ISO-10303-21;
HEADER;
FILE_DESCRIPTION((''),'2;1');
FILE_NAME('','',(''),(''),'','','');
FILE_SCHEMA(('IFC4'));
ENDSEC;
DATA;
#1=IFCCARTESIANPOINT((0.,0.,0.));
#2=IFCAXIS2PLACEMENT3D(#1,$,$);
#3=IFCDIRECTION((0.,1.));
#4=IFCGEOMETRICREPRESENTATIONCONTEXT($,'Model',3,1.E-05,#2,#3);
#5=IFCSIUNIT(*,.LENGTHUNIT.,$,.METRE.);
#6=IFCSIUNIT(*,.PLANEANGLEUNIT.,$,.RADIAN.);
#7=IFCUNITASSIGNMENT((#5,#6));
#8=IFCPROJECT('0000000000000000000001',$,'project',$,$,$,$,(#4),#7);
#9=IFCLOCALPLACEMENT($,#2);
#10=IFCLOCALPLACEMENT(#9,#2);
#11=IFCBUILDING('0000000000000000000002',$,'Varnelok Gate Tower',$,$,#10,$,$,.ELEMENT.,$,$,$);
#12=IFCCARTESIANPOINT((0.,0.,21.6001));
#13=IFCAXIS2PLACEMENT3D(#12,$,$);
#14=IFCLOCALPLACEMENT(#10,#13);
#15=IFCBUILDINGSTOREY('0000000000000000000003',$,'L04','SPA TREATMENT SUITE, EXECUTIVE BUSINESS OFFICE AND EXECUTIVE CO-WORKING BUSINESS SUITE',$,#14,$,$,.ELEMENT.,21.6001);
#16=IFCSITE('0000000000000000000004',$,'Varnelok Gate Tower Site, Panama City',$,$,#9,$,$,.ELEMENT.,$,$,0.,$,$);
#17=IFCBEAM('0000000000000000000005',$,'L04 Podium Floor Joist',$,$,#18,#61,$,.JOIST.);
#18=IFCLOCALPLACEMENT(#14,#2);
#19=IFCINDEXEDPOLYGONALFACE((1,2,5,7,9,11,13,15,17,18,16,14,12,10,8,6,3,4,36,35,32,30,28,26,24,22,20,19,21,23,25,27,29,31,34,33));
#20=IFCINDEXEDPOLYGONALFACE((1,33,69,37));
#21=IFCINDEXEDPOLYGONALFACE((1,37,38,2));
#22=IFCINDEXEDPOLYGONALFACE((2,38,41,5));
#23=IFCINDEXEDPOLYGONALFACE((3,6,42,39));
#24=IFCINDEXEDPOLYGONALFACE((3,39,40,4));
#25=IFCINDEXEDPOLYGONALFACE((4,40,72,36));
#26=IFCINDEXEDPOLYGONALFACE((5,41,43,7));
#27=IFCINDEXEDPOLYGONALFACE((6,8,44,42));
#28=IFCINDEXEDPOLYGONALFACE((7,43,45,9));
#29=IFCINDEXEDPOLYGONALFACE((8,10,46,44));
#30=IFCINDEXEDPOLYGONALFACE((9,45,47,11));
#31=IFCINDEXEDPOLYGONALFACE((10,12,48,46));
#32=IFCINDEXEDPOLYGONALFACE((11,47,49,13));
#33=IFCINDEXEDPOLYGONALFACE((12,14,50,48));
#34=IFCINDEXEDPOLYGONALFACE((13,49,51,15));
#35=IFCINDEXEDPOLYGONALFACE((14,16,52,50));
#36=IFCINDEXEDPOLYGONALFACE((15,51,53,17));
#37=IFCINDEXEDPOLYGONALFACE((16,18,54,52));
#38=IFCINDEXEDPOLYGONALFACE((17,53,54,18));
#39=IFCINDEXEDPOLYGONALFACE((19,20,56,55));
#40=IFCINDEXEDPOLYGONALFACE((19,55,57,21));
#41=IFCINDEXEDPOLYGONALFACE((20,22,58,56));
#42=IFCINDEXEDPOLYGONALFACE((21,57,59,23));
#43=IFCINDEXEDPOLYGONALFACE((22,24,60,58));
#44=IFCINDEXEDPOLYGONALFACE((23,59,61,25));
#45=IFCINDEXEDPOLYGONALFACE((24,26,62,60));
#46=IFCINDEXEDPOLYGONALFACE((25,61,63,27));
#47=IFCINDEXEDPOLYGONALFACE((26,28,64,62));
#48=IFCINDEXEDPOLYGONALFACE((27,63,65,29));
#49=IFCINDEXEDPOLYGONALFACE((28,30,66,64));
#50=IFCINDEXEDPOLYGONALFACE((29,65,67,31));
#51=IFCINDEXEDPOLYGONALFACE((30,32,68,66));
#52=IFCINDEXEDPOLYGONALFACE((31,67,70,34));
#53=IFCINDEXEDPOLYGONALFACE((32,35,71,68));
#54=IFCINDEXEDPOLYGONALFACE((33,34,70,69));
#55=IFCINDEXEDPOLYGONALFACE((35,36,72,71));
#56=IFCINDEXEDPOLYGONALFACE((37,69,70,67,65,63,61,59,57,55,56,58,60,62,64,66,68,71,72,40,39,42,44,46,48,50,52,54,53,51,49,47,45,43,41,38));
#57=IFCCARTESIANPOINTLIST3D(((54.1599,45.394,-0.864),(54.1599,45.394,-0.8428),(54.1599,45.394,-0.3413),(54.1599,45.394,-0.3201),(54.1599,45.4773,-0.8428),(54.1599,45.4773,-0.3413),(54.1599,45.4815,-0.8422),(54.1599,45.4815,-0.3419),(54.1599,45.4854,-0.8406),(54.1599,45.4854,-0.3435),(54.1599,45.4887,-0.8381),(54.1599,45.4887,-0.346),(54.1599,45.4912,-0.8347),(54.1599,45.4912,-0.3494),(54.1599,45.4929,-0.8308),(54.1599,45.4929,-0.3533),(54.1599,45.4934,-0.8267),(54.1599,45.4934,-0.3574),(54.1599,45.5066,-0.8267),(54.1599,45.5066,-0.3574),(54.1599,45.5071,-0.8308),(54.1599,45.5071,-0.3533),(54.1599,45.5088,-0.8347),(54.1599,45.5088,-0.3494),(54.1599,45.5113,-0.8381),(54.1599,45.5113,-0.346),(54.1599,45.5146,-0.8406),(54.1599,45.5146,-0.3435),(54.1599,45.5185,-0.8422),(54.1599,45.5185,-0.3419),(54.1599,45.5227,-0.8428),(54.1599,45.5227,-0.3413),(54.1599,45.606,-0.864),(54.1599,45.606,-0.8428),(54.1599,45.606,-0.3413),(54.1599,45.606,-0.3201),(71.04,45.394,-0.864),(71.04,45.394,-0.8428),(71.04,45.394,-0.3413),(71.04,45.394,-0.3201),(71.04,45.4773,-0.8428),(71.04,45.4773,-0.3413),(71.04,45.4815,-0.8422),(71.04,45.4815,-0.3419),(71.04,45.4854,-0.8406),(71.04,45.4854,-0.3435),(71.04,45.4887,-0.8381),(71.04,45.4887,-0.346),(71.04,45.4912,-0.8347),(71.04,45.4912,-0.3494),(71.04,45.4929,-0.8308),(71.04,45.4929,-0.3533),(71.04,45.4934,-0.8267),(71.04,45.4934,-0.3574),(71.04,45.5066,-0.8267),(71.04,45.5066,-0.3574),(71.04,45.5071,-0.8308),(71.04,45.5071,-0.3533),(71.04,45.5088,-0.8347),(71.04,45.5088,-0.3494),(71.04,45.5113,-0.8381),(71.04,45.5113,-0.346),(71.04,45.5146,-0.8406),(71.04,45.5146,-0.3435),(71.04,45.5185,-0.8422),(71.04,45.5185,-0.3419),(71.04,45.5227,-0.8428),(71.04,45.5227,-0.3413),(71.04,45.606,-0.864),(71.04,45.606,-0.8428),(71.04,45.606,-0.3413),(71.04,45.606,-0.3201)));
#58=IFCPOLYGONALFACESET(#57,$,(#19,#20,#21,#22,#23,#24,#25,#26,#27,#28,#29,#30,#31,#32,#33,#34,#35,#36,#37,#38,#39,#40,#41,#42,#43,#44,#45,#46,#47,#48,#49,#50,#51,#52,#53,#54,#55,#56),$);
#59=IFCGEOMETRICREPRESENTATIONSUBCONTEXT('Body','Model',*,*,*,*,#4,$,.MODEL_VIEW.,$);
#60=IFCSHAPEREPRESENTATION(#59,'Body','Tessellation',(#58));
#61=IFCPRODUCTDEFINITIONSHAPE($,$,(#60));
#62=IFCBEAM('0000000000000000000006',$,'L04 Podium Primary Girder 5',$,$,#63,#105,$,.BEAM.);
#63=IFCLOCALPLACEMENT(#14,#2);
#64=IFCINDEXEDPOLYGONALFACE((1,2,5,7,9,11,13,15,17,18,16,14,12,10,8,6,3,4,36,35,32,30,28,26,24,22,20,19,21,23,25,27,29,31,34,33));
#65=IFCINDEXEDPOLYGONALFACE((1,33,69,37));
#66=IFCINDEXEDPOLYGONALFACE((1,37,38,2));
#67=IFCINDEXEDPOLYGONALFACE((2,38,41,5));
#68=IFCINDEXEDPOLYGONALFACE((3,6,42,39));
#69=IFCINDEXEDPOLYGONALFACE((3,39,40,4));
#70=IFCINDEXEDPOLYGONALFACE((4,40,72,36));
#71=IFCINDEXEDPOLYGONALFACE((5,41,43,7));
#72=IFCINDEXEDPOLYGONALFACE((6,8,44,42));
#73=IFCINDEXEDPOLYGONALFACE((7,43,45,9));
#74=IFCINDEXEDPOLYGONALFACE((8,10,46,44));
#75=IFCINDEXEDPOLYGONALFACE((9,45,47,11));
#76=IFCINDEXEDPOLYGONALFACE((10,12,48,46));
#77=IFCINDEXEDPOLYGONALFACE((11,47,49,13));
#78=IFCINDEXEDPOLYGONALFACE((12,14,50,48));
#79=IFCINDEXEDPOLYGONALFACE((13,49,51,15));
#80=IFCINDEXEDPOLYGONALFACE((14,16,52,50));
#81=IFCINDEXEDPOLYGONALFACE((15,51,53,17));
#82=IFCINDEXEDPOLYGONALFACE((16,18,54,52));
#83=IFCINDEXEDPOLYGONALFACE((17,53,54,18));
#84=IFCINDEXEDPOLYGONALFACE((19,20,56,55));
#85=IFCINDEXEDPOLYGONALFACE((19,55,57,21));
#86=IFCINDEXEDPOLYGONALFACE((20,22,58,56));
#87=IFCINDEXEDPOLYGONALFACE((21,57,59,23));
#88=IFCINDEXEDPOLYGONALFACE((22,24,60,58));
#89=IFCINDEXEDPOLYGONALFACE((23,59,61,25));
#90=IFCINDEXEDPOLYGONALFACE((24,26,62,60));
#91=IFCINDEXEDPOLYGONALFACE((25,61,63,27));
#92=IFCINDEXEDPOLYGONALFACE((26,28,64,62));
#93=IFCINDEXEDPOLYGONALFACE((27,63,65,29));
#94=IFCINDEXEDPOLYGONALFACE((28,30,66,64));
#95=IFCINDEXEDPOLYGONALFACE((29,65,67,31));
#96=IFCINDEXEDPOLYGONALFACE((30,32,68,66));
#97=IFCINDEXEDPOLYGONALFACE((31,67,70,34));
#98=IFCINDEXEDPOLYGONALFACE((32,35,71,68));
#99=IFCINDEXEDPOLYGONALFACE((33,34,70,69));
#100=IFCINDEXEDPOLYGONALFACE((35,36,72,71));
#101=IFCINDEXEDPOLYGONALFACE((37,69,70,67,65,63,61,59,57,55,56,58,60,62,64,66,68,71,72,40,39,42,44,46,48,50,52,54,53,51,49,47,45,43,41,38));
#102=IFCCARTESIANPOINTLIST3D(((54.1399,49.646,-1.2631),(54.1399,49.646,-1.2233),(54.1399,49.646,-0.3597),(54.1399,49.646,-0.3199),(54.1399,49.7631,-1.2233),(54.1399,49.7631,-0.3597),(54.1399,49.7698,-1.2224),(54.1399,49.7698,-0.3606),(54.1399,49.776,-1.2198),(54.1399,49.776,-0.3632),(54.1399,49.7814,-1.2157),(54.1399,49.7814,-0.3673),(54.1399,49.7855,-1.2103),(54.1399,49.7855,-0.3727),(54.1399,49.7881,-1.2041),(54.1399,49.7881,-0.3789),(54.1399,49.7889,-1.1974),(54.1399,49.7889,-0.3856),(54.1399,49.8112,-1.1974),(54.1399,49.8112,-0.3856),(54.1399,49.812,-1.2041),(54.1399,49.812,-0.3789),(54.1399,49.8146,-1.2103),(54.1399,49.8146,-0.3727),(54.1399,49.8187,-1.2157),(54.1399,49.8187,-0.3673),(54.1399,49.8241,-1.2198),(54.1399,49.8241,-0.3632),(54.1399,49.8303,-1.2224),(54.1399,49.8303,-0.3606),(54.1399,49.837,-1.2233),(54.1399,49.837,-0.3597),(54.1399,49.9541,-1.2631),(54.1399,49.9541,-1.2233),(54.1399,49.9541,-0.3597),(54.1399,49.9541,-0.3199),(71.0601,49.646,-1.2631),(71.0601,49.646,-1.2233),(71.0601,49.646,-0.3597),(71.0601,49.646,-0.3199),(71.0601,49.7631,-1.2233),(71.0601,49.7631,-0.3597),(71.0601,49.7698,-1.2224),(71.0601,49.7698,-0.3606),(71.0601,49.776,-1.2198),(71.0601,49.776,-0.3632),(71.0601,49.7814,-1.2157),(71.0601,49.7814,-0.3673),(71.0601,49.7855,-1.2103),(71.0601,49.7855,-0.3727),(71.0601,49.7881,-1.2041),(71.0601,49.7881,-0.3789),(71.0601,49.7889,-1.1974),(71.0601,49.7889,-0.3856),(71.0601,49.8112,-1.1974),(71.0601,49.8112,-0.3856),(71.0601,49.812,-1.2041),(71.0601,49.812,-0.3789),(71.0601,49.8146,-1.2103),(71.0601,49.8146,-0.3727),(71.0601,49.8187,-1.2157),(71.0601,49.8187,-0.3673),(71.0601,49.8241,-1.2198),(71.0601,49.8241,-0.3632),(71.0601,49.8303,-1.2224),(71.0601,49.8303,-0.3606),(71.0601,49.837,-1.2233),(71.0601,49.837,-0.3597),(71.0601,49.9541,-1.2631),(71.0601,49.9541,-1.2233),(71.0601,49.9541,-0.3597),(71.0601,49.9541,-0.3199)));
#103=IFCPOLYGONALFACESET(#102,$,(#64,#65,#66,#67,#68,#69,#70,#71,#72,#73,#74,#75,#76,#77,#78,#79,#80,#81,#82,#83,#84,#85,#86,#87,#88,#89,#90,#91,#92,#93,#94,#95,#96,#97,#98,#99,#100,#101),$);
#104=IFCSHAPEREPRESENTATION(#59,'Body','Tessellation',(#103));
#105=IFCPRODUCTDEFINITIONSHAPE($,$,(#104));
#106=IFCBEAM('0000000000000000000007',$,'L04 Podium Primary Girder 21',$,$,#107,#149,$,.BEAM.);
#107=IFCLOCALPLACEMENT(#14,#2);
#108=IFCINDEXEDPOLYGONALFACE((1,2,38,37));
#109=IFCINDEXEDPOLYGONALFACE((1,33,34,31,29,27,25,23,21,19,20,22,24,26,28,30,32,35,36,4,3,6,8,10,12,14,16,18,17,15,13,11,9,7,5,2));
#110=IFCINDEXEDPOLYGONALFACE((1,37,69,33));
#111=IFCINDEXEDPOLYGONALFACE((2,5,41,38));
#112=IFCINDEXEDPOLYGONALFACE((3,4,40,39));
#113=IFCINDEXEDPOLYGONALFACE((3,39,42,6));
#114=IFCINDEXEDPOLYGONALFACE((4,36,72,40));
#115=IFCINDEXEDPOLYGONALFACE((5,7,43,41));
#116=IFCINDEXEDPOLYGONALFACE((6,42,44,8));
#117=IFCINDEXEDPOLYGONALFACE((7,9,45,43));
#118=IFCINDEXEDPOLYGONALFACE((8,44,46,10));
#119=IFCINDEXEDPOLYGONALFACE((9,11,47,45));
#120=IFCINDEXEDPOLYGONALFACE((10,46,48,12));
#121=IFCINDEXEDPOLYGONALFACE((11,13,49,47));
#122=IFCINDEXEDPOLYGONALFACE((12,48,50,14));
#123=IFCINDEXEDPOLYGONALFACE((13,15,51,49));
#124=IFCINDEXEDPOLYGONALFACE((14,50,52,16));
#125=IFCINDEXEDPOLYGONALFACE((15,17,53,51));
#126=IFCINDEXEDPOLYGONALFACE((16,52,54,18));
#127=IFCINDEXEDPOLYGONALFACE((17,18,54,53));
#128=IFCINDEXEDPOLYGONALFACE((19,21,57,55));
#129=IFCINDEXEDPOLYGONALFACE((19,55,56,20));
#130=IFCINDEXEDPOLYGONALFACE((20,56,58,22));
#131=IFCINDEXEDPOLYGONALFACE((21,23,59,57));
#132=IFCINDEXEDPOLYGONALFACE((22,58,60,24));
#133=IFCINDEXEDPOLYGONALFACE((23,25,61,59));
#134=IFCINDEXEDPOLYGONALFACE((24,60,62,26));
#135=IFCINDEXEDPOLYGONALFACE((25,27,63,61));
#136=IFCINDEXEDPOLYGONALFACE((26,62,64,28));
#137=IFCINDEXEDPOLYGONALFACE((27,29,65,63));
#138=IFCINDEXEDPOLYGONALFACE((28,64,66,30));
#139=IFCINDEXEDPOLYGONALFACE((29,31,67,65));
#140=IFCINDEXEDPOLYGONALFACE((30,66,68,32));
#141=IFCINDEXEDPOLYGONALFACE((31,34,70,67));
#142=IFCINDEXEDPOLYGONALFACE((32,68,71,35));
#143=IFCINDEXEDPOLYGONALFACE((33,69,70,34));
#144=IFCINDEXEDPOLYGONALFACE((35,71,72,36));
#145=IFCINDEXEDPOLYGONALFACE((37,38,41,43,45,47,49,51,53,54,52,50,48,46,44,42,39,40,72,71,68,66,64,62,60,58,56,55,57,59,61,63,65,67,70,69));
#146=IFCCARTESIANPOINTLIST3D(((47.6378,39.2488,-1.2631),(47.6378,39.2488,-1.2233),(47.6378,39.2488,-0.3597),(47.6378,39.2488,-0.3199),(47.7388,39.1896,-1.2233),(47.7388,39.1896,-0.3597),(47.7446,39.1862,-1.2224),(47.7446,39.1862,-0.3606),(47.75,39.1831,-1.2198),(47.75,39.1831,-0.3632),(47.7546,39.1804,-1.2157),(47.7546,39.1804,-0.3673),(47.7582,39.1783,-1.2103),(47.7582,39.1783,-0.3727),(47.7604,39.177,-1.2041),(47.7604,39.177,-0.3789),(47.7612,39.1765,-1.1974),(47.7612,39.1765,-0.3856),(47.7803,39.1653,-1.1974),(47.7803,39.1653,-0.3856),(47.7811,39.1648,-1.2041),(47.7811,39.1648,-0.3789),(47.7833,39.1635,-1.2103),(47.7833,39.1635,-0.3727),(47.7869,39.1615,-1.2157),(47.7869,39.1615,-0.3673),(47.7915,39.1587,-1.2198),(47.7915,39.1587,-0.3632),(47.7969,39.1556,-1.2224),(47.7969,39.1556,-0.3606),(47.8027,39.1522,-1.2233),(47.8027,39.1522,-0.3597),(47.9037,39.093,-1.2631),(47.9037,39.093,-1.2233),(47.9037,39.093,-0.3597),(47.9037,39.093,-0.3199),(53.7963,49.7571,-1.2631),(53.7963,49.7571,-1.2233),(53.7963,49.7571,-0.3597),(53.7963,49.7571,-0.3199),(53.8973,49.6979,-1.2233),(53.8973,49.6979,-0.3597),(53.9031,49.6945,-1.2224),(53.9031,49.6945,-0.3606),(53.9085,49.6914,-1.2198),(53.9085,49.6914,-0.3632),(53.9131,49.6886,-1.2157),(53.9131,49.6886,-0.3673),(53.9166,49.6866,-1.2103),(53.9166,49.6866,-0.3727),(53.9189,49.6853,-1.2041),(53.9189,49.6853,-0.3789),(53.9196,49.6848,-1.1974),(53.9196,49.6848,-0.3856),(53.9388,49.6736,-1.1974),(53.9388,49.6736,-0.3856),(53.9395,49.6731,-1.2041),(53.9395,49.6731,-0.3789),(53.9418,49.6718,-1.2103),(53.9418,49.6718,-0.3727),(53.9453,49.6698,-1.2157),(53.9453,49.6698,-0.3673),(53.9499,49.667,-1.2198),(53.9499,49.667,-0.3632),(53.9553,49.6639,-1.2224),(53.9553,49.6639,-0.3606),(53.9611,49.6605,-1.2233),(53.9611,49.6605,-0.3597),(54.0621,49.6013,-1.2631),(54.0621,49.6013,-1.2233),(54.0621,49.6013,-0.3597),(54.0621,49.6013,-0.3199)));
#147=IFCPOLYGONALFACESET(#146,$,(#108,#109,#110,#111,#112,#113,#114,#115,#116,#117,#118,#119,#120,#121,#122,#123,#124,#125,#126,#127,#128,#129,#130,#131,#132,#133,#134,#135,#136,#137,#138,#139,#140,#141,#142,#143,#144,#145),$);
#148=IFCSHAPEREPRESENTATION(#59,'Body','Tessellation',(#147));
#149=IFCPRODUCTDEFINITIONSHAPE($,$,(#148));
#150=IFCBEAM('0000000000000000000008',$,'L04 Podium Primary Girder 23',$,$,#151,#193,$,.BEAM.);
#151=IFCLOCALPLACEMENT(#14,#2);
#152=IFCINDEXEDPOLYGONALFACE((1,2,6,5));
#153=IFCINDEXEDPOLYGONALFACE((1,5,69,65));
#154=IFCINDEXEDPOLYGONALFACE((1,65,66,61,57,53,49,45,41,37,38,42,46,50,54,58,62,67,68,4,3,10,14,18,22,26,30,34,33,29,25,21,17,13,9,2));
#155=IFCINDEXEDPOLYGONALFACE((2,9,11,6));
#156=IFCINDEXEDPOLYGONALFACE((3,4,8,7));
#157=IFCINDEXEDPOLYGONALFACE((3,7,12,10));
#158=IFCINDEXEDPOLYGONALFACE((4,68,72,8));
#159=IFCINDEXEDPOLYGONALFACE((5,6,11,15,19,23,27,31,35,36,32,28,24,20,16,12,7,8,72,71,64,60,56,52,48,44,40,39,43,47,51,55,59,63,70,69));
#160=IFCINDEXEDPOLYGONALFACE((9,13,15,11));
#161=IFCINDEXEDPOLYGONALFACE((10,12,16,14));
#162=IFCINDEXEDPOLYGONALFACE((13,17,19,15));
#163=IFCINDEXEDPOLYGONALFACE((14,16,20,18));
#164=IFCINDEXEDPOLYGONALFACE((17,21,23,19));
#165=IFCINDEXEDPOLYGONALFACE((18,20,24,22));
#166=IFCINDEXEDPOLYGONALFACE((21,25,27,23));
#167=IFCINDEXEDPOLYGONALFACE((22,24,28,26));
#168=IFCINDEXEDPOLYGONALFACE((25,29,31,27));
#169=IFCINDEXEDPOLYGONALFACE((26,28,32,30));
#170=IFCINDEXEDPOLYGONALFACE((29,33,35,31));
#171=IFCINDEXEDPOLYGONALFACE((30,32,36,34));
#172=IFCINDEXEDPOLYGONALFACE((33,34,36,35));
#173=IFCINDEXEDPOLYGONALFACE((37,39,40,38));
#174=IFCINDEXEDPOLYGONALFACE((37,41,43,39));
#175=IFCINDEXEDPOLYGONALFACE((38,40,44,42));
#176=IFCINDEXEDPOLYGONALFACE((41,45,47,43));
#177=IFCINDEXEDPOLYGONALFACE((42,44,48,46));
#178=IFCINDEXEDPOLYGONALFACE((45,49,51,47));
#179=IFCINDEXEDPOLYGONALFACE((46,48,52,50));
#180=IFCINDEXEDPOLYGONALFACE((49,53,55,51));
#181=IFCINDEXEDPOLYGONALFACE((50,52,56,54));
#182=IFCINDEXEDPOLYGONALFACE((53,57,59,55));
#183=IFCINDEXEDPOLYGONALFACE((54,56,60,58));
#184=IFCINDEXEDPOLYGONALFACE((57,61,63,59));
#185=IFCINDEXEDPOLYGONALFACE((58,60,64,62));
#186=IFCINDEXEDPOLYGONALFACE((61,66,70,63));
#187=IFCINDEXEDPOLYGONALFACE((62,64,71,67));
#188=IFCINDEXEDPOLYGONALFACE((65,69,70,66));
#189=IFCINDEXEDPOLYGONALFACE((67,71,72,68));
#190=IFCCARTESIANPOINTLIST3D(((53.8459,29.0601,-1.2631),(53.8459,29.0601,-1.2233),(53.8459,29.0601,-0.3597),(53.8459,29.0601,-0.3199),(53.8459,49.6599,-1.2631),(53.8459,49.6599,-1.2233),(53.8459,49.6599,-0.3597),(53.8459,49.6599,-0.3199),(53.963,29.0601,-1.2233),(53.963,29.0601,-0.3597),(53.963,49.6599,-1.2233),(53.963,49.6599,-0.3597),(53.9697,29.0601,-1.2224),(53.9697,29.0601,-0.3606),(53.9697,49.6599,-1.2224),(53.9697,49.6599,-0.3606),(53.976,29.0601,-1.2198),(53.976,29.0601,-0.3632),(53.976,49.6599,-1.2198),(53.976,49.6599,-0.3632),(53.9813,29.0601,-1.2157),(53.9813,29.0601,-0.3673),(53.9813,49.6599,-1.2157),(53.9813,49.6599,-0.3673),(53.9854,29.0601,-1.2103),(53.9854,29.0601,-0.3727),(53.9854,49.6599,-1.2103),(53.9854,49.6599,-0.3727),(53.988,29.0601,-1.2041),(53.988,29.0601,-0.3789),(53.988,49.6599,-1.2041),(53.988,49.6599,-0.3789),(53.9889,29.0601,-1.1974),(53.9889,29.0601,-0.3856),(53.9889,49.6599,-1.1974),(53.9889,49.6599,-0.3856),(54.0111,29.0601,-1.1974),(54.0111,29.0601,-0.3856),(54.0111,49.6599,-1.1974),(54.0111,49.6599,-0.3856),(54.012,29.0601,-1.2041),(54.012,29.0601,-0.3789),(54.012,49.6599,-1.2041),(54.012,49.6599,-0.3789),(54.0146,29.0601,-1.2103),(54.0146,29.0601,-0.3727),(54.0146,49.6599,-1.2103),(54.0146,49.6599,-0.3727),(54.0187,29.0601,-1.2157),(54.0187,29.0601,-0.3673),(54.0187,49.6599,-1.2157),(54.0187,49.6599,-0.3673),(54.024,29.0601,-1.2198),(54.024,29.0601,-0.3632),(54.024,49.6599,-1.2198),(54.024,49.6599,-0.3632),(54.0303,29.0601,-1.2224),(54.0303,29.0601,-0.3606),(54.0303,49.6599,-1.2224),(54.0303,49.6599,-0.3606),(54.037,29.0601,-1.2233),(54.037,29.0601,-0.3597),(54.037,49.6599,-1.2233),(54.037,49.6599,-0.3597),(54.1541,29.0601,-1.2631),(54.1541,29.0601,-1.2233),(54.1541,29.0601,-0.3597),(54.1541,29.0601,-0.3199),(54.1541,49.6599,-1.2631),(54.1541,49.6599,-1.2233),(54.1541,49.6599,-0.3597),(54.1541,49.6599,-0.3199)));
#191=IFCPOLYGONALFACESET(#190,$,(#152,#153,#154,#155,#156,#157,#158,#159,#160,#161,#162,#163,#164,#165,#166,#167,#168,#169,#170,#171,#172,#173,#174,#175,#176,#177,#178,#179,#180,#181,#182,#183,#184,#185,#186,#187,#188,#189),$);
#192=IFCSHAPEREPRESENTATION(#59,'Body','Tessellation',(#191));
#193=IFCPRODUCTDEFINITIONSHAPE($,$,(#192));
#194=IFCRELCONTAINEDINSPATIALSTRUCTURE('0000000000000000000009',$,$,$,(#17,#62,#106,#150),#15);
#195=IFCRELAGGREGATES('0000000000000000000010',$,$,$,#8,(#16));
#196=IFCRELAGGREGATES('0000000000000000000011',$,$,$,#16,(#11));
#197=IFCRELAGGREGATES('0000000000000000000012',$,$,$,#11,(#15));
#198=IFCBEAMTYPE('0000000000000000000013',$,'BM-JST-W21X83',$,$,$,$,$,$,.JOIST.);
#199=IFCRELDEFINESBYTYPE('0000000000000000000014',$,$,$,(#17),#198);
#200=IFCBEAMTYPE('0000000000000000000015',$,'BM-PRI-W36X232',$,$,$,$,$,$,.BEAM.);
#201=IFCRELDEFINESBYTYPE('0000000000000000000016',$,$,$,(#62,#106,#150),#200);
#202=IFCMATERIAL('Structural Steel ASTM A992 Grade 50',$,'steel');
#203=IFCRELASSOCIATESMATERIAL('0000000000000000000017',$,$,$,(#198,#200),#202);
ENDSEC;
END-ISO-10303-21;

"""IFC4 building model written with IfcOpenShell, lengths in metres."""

from ifc_helpers import new_model, si_unit, direction, frame, origin, origin_2d, place, context, subcontext, project, spatial, i_section, extrude, material, material_profile, profile_set, type_object, element, save


model = new_model("IFC4")

# Units and contexts
model_context = context("Model", 3, precision=1e-05, world=origin(), true_north=direction((0.0, 1.0)))
body_context = subcontext(model_context, "Body", "Model", "MODEL_VIEW")
ifc_project = project(units=[si_unit("LENGTHUNIT", "METRE"), si_unit("PLANEANGLEUNIT", "RADIAN")], contexts=[model_context])

# Site, building, storey
site_placement = place(None, origin())
site = spatial("IfcSite", under=ifc_project, at=site_placement, Name="Varnelok Gate Tower Site, Panama City", CompositionType="ELEMENT", RefElevation=0.0)
building_placement = place(site_placement, origin())
building = spatial("IfcBuilding", under=site, at=building_placement, Name="Varnelok Gate Tower", CompositionType="ELEMENT")
storey_placement = place(building_placement, frame((0.0, 0.0, 21.6001)))
storey = spatial("IfcBuildingStorey", under=building, at=storey_placement, Name="L04", Description="SPA TREATMENT SUITE, EXECUTIVE BUSINESS OFFICE AND EXECUTIVE CO-WORKING BUSINESS SUITE", CompositionType="ELEMENT", Elevation=21.6001)

# Shared definitions
ifc_material_1 = material(Name="Structural Steel ASTM A992 Grade 50", Category="steel")

# Beams
ifc_material_profile_1 = material_profile(ifc_material_1, i_section(OverallWidth=0.2119, OverallDepth=0.5439, WebThickness=0.0132, FlangeThickness=0.0212, FilletRadius=0.0161, at=origin_2d()), Name="W21X83")
ifc_profile_set_1 = profile_set([ifc_material_profile_1], Name="Structural Steel ASTM A992 Grade 50")
beam_type_1 = type_object("IfcBeamType", Name="BM-JST-W21X83", PredefinedType="JOIST", material=ifc_profile_set_1)
for number, where, z_axis, x_axis, name in (
    (1, (54.1599, 45.5, -0.592), (1.0, 0.0, 0.0), (0.0, 1.0, 0.0), "L04 Podium Floor Joist"),
):
    element("IfcBeam", number, at=place(storey_placement, frame(where, z_axis=z_axis, x_axis=x_axis)), inside=storey, type_object=beam_type_1, Name=name, PredefinedType="JOIST", context=body_context, shape_type="SweptSolid", body=[
        extrude(i_section(OverallWidth=0.2119, OverallDepth=0.5439, WebThickness=0.0132, FlangeThickness=0.0212, FilletRadius=0.0161, at=origin_2d()), origin(), (0.0, 0.0, 1.0), 16.8801),
    ])
ifc_material_profile_2 = material_profile(ifc_material_1, i_section(OverallWidth=0.3081, OverallDepth=0.9431, WebThickness=0.0222, FlangeThickness=0.0398, FilletRadius=0.0259, at=origin_2d()), Name="W36X232")
ifc_profile_set_2 = profile_set([ifc_material_profile_2], Name="Structural Steel ASTM A992 Grade 50")
beam_type_2 = type_object("IfcBeamType", Name="BM-PRI-W36X232", PredefinedType="BEAM", material=ifc_profile_set_2)
beam_1_placement = place(storey_placement, frame((54.1399, 49.8, -0.7915), z_axis=(1.0, 0.0, 0.0), x_axis=(0.0, 1.0, 0.0)))
element("IfcBeam", 2, at=beam_1_placement, inside=storey, type_object=beam_type_2, Name="L04 Podium Primary Girder 5", PredefinedType="BEAM", context=body_context, shape_type="SweptSolid", body=[
    extrude(i_section(OverallWidth=0.3081, OverallDepth=0.9431, WebThickness=0.0222, FlangeThickness=0.0398, FilletRadius=0.0259, at=origin_2d()), origin(), (0.0, 0.0, 1.0), 16.9202),
])
beam_2_placement = place(storey_placement, frame((53.9292, 49.6792, -0.7915), z_axis=(-0.505622, -0.862755, 0.0), x_axis=(0.862755, -0.505622, 0.0)))
element("IfcBeam", 3, at=beam_2_placement, inside=storey, type_object=beam_type_2, Name="L04 Podium Primary Girder 21", PredefinedType="BEAM", context=body_context, shape_type="SweptSolid", body=[
    extrude(i_section(OverallWidth=0.3081, OverallDepth=0.9431, WebThickness=0.0222, FlangeThickness=0.0398, FilletRadius=0.0259, at=origin_2d()), origin(), (0.0, 0.0, 1.0), 12.1799),
])
beam_3_placement = place(storey_placement, frame((54.0, 29.0601, -0.7915), z_axis=(0.0, 1.0, 0.0), x_axis=(-1.0, 0.0, 0.0)))
element("IfcBeam", 4, at=beam_3_placement, inside=storey, type_object=beam_type_2, Name="L04 Podium Primary Girder 23", PredefinedType="BEAM", context=body_context, shape_type="SweptSolid", body=[
    extrude(i_section(OverallWidth=0.3081, OverallDepth=0.9431, WebThickness=0.0222, FlangeThickness=0.0398, FilletRadius=0.0259, at=origin_2d()), origin(), (0.0, 0.0, 1.0), 20.5999),
])

save(model, "model.ifc")
